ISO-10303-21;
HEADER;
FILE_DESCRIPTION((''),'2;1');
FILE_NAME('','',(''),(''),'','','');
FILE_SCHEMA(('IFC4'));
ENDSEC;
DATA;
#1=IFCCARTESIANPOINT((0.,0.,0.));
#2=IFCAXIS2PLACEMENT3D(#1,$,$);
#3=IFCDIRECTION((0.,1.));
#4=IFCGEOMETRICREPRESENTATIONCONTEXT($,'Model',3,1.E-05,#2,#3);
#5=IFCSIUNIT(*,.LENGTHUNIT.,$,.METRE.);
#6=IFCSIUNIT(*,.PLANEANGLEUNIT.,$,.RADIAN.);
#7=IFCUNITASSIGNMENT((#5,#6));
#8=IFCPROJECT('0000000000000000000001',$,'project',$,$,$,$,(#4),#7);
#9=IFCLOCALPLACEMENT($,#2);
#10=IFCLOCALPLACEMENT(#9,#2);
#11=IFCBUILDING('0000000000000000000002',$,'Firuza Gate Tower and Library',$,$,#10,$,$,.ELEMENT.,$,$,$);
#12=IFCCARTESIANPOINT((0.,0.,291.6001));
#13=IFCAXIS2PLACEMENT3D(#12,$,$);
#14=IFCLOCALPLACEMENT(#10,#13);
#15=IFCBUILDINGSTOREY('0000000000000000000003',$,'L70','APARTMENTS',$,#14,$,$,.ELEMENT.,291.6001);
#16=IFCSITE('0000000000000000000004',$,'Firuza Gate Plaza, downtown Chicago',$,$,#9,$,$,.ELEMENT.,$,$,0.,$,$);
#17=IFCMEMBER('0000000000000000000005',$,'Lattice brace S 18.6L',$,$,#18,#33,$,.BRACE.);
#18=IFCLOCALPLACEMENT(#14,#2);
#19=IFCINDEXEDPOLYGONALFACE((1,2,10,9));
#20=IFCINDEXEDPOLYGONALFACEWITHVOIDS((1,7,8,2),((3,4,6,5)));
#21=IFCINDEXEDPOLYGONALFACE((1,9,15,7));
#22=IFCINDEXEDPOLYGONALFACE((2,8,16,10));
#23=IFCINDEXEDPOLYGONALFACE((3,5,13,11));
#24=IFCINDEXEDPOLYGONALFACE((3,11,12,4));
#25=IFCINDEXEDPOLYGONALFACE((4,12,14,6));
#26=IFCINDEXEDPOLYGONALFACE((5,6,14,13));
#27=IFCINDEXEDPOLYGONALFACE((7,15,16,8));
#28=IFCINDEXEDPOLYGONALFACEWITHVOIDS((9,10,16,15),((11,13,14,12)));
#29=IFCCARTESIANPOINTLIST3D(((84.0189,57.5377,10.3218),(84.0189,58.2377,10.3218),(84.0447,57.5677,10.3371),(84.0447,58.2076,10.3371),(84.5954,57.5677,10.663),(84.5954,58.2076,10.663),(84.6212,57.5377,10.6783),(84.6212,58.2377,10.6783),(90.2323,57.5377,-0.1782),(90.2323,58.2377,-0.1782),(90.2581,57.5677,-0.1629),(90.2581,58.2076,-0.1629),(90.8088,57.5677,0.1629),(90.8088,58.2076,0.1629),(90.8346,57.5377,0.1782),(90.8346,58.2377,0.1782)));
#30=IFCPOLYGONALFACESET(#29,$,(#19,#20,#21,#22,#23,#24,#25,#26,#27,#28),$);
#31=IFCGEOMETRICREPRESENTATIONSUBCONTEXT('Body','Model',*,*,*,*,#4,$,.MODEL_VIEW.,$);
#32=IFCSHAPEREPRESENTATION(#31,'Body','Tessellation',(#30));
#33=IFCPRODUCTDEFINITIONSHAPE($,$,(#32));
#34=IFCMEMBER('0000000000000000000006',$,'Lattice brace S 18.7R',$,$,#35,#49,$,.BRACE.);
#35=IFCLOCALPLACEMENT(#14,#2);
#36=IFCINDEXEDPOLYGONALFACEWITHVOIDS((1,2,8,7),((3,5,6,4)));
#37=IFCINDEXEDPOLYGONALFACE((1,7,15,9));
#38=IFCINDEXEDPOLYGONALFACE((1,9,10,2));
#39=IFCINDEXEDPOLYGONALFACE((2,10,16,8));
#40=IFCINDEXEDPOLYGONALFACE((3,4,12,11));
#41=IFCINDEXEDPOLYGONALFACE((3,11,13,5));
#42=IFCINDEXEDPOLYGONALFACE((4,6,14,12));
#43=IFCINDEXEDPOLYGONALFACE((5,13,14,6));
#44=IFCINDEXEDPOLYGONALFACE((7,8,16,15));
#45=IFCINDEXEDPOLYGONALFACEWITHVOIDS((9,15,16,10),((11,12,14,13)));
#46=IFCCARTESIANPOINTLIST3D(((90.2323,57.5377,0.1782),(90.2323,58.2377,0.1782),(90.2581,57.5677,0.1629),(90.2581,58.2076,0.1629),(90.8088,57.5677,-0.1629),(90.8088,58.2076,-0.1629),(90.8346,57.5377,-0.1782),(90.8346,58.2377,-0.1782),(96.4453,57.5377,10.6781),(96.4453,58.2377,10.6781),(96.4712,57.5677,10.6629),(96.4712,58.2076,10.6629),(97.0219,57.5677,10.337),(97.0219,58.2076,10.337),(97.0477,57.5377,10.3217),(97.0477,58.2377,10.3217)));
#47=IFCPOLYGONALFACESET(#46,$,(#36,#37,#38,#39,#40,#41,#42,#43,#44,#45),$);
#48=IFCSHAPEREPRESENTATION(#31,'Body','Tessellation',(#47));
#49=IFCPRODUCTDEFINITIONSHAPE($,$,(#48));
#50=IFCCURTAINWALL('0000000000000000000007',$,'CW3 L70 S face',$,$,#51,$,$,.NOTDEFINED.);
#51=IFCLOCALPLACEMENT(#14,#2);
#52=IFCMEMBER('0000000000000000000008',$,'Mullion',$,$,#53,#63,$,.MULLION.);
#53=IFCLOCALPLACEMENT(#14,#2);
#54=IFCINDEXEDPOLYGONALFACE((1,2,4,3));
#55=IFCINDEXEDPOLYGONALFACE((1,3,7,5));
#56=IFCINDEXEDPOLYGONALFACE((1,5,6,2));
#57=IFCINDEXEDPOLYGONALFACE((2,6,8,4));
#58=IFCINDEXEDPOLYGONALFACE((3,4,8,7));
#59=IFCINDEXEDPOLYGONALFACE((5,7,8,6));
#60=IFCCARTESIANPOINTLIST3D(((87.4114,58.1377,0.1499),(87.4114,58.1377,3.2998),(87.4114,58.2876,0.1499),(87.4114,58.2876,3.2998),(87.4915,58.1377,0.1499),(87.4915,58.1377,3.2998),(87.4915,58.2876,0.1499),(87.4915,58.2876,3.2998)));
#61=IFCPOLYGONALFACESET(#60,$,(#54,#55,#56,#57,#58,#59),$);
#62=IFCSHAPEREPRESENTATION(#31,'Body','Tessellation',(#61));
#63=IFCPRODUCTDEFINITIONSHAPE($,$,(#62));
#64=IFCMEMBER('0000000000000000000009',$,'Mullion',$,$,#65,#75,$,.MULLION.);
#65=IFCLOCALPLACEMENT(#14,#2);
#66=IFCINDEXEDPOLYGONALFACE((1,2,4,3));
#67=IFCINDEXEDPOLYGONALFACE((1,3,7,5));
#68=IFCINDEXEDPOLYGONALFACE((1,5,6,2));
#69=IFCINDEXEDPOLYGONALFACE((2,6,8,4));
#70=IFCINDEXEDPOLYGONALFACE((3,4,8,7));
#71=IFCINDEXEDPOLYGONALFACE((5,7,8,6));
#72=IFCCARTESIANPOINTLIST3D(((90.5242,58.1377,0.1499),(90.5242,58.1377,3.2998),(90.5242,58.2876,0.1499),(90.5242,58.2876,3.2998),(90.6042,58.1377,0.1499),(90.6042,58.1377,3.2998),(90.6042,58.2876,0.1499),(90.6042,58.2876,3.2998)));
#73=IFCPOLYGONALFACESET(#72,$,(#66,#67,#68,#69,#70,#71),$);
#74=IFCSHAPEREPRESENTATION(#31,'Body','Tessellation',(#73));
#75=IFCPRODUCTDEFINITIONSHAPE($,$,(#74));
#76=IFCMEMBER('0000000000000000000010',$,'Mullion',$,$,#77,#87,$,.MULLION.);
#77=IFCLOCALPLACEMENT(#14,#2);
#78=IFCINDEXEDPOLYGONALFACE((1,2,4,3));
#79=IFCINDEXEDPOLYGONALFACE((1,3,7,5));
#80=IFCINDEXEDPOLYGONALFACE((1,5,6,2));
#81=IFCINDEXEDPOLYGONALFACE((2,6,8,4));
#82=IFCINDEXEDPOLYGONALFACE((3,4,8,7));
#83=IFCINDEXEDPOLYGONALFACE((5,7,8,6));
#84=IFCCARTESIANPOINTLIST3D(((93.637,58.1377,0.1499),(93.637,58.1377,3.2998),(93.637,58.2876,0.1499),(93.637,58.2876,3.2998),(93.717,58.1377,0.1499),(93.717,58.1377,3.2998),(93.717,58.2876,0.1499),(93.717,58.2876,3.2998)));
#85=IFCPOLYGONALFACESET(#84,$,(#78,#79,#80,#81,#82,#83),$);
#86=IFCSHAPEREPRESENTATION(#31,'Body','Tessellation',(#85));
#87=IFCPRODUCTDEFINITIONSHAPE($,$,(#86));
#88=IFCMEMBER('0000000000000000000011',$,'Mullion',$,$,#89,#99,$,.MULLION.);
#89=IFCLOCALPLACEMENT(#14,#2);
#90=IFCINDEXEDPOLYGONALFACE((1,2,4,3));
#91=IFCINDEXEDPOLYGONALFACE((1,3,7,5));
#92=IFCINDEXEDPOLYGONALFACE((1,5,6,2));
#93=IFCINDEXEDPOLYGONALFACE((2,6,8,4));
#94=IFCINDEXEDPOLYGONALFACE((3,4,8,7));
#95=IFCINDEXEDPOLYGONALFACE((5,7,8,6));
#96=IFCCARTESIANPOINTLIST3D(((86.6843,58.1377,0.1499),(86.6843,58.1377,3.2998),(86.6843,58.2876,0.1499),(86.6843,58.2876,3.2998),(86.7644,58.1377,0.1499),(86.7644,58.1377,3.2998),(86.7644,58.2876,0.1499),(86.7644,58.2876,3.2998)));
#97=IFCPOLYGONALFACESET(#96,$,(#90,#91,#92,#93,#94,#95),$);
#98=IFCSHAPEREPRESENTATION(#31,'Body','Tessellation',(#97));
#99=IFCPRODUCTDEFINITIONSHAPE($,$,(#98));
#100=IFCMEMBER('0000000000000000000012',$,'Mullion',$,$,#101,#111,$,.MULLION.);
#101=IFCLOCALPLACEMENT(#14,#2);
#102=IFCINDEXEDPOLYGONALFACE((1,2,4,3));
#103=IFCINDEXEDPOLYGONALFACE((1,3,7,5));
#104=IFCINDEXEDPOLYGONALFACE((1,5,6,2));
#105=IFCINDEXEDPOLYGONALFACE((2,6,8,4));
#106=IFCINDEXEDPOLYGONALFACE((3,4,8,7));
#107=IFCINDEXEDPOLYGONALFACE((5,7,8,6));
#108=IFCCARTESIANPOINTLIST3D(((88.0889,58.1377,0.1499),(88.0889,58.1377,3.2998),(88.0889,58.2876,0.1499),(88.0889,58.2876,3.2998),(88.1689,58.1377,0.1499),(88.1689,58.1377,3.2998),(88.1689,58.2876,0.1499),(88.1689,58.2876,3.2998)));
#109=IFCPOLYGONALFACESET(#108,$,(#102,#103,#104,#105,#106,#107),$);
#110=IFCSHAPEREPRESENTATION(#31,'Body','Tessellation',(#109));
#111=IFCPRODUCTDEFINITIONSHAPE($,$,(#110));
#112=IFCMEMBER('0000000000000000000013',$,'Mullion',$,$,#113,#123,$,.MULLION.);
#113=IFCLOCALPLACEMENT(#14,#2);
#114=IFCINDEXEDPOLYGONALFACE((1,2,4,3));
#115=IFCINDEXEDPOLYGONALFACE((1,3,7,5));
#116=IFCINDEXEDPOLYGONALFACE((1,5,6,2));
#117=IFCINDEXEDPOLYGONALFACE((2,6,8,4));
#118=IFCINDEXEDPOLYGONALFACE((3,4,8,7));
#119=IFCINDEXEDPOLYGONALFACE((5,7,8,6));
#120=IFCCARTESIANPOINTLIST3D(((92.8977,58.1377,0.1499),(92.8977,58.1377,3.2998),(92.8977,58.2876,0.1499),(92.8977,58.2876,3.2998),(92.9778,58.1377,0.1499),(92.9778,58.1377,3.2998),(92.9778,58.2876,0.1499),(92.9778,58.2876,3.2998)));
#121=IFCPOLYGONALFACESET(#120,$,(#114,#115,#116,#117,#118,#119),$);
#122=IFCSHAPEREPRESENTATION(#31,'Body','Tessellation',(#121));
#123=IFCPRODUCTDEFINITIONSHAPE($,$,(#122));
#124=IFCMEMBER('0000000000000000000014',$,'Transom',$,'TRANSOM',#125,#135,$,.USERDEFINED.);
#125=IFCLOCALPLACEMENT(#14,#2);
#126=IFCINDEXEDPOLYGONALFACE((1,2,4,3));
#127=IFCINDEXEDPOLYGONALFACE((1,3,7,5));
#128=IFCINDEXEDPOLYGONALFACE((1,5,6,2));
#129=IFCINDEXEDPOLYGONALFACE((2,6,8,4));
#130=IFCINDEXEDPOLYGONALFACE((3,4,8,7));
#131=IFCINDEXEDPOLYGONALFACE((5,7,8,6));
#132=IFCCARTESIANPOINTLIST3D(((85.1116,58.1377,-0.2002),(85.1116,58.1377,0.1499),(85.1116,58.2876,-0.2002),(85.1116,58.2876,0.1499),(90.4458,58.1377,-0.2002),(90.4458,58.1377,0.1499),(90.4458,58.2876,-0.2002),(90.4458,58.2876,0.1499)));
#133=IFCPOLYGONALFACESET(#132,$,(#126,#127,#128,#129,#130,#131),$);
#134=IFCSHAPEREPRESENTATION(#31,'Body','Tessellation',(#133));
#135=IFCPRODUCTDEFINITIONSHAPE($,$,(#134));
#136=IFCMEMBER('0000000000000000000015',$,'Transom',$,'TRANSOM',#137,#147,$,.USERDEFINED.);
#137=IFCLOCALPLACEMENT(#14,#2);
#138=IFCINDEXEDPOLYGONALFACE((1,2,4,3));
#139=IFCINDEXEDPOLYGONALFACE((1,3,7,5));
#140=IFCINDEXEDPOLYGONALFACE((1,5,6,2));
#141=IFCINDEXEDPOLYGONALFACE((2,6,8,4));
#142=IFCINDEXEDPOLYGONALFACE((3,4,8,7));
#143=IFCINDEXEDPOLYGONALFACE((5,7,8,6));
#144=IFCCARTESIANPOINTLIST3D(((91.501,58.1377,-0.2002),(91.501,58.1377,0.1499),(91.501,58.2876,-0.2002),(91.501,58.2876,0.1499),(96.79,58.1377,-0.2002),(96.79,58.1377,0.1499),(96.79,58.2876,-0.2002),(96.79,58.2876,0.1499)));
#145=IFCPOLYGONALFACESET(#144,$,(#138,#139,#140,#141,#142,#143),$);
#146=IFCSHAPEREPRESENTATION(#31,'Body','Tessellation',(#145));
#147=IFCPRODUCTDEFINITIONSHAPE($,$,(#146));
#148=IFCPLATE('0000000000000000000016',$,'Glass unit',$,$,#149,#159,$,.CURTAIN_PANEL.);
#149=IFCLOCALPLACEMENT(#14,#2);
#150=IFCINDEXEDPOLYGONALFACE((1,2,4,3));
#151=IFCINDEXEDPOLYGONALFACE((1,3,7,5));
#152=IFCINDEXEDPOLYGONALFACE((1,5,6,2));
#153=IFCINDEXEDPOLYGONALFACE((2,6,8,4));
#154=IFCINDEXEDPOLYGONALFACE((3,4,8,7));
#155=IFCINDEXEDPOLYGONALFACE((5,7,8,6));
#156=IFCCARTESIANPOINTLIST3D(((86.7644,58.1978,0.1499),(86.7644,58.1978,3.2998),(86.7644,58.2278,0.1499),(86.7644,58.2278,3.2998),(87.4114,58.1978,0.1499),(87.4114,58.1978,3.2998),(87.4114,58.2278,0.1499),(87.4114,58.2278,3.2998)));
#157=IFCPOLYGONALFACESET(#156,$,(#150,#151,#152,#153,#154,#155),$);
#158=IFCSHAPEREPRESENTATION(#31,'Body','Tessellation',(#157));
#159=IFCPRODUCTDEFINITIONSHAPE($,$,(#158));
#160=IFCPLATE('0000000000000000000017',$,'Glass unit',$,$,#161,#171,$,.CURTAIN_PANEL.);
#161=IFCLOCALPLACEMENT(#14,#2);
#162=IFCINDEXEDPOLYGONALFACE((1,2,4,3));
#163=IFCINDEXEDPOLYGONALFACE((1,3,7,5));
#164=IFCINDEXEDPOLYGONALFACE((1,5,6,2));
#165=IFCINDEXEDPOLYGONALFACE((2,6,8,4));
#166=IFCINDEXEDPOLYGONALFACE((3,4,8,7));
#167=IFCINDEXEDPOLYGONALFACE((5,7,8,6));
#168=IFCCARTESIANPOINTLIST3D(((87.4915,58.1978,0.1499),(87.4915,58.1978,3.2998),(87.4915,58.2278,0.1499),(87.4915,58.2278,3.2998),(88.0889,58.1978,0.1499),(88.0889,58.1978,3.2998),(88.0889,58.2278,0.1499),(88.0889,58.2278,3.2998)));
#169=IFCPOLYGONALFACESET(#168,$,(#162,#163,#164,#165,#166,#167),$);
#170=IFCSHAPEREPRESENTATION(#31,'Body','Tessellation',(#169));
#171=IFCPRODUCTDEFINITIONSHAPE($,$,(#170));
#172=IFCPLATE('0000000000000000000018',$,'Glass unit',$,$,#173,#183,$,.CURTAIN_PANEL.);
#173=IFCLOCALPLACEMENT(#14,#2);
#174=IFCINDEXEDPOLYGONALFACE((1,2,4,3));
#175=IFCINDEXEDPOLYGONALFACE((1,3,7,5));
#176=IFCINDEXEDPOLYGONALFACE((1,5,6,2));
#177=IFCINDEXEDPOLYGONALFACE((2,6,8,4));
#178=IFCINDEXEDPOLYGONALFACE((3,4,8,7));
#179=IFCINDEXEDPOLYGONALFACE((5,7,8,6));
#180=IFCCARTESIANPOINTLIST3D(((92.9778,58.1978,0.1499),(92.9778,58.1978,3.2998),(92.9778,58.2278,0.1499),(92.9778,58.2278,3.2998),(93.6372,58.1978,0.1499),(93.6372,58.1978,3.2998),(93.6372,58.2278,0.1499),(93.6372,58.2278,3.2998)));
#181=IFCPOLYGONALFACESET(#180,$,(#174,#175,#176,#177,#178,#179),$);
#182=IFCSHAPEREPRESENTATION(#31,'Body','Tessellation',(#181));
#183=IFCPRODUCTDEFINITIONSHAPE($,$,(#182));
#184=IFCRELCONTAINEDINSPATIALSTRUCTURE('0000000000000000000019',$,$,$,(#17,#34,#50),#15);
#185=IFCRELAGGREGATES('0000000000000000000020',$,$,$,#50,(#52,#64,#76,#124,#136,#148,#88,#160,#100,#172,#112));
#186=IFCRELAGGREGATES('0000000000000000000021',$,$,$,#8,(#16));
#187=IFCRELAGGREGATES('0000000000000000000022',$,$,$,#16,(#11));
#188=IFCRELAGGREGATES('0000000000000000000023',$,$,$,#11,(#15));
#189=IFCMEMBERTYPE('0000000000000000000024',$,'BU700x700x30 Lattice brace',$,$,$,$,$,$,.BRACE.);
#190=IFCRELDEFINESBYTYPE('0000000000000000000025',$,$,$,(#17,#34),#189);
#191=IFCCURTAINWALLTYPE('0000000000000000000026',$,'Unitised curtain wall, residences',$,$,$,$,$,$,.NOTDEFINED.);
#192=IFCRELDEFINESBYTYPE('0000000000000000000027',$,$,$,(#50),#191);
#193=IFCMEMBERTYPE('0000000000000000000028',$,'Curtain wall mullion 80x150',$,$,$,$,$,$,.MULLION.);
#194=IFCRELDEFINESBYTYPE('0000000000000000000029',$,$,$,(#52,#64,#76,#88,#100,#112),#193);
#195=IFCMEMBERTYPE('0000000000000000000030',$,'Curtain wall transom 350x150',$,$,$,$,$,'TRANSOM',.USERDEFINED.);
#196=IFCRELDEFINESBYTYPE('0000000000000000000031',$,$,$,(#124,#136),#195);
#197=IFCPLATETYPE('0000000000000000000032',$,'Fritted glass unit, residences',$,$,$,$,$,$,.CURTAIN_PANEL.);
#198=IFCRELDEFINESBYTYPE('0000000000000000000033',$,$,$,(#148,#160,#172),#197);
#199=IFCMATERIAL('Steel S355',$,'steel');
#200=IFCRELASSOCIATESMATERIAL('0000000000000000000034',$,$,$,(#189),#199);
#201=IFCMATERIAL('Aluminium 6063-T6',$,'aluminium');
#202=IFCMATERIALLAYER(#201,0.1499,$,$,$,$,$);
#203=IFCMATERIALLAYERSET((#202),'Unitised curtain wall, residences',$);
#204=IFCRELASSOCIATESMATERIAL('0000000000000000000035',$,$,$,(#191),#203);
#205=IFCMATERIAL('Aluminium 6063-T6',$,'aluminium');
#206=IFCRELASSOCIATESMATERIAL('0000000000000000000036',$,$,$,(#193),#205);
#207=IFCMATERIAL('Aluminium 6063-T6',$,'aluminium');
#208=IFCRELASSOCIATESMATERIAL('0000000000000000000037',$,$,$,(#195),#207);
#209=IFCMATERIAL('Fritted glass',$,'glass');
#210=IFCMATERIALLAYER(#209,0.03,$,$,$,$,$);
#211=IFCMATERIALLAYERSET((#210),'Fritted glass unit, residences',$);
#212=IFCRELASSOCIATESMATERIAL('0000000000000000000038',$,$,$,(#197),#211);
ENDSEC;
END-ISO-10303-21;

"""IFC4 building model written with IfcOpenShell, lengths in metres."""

from ifc_helpers import new_model, si_unit, direction, frame, origin, origin_2d, place, context, subcontext, project, spatial, polyline, rectangle, hollow_rectangle, outline, extrude, material, layer, layer_set, material_profile, profile_set, type_object, element, aggregate, save


model = new_model("IFC4")

# Units and contexts
model_context = context("Model", 3, precision=1e-05, world=origin(), true_north=direction((0.0, 1.0)))
body_context = subcontext(model_context, "Body", "Model", "MODEL_VIEW")
ifc_project = project(units=[si_unit("LENGTHUNIT", "METRE"), si_unit("PLANEANGLEUNIT", "RADIAN")], contexts=[model_context])

# Site, building, storey
site_placement = place(None, origin())
site = spatial("IfcSite", under=ifc_project, at=site_placement, Name="Firuza Gate Plaza, downtown Chicago", CompositionType="ELEMENT", RefElevation=0.0)
building_placement = place(site_placement, origin())
building = spatial("IfcBuilding", under=site, at=building_placement, Name="Firuza Gate Tower and Library", CompositionType="ELEMENT")
storey_placement = place(building_placement, frame((0.0, 0.0, 291.6001)))
storey = spatial("IfcBuildingStorey", under=building, at=storey_placement, Name="L70", Description="APARTMENTS", CompositionType="ELEMENT", Elevation=291.6001)

# Members
ifc_material_1 = material(Name="Steel S355", Category="steel")
ifc_material_profile_1 = material_profile(ifc_material_1, hollow_rectangle(XDim=0.7, YDim=0.7, WallThickness=0.03, at=origin_2d()))
ifc_profile_set_1 = profile_set([ifc_material_profile_1], Name="Steel S355")
member_type_1 = type_object("IfcMemberType", Name="BU700x700x30 Lattice brace", PredefinedType="BRACE", material=ifc_profile_set_1)
member_1_placement = place(storey_placement, frame((90.5334, 57.8877, 0.0), z_axis=(-0.509266, 0.0, 0.860609), x_axis=(0.0, -1.0, 0.0)))
element("IfcMember", 1, at=member_1_placement, inside=storey, type_object=member_type_1, Name="Lattice brace S 18.6L", PredefinedType="BRACE", context=body_context, shape_type="SweptSolid", body=[
    extrude(hollow_rectangle(XDim=0.7, YDim=0.7, WallThickness=0.03, at=origin_2d()), origin(), (0.0, 0.0, 1.0), 12.2007),
])
member_2_placement = place(storey_placement, frame((90.5334, 57.8877, 0.0), z_axis=(0.509251, 0.0, 0.860618), x_axis=(0.0, 1.0, 0.0)))
element("IfcMember", 2, at=member_2_placement, inside=storey, type_object=member_type_1, Name="Lattice brace S 18.7R", PredefinedType="BRACE", context=body_context, shape_type="SweptSolid", body=[
    extrude(hollow_rectangle(XDim=0.7, YDim=0.7, WallThickness=0.03, at=origin_2d()), origin(), (0.0, 0.0, 1.0), 12.2004),
])

# Curtain wall, members, plates
ifc_material_2 = material(Name="Aluminium 6063-T6", Category="aluminium")
ifc_layer_1 = layer(ifc_material_2, 0.1499)
ifc_layer_set_1 = layer_set([ifc_layer_1], Name="Unitised curtain wall, residences")
curtain_wall_type = type_object("IfcCurtainWallType", Name="Unitised curtain wall, residences", PredefinedType="NOTDEFINED", material=ifc_layer_set_1)
curtain_wall_placement = place(storey_placement, origin())
curtain_wall = element("IfcCurtainWall", 3, at=curtain_wall_placement, inside=storey, type_object=curtain_wall_type, Name="CW3 L70 S face", PredefinedType="NOTDEFINED")
ifc_material_3 = material(Name="Aluminium 6063-T6", Category="aluminium")
ifc_material_profile_2 = material_profile(ifc_material_3, rectangle(XDim=0.1499, YDim=0.0801, at=origin_2d()))
ifc_profile_set_2 = profile_set([ifc_material_profile_2], Name="Aluminium 6063-T6")
member_type_2 = type_object("IfcMemberType", Name="Curtain wall mullion 80x150", PredefinedType="MULLION", material=ifc_profile_set_2)
member_3_placement = place(storey_placement, frame((87.4514, 58.2126, 0.1499), z_axis=(0.0, 0.0, 1.0), x_axis=(0.0, 1.0, 0.0)))
member_3 = element("IfcMember", 4, at=member_3_placement, type_object=member_type_2, Name="Mullion", PredefinedType="MULLION", context=body_context, shape_type="SweptSolid", body=[
    extrude(rectangle(XDim=0.1499, YDim=0.0801, at=origin_2d()), origin(), (0.0, 0.0, 1.0), 3.1499),
])
member_4_placement = place(storey_placement, frame((90.5642, 58.2126, 0.1499), z_axis=(0.0, 0.0, 1.0), x_axis=(0.0, 1.0, 0.0)))
member_4 = element("IfcMember", 5, at=member_4_placement, type_object=member_type_2, Name="Mullion", PredefinedType="MULLION", context=body_context, shape_type="SweptSolid", body=[
    extrude(rectangle(XDim=0.1499, YDim=0.0801, at=origin_2d()), origin(), (0.0, 0.0, 1.0), 3.1499),
])
member_5_placement = place(storey_placement, frame((93.677, 58.2126, 0.1499), z_axis=(0.0, 0.0, 1.0), x_axis=(0.0, 1.0, 0.0)))
member_5 = element("IfcMember", 6, at=member_5_placement, type_object=member_type_2, Name="Mullion", PredefinedType="MULLION", context=body_context, shape_type="SweptSolid", body=[
    extrude(rectangle(XDim=0.1499, YDim=0.0801, at=origin_2d()), origin(), (0.0, 0.0, 1.0), 3.1499),
])
member_6_placement = place(storey_placement, frame((86.7244, 58.2126, 0.1499), z_axis=(0.0, 0.0, 1.0), x_axis=(0.0, 1.0, 0.0)))
member_6 = element("IfcMember", 7, at=member_6_placement, type_object=member_type_2, Name="Mullion", PredefinedType="MULLION", context=body_context, shape_type="SweptSolid", body=[
    extrude(rectangle(XDim=0.1499, YDim=0.0801, at=origin_2d()), origin(), (0.0, 0.0, 1.0), 3.1499),
])
member_7_placement = place(storey_placement, frame((88.1289, 58.2126, 0.1499), z_axis=(0.0, 0.0, 1.0), x_axis=(0.0, 1.0, 0.0)))
member_7 = element("IfcMember", 8, at=member_7_placement, type_object=member_type_2, Name="Mullion", PredefinedType="MULLION", context=body_context, shape_type="SweptSolid", body=[
    extrude(rectangle(XDim=0.1499, YDim=0.0801, at=origin_2d()), origin(), (0.0, 0.0, 1.0), 3.1499),
])
member_8_placement = place(storey_placement, frame((92.9377, 58.2126, 0.1499), z_axis=(0.0, 0.0, 1.0), x_axis=(0.0, 1.0, 0.0)))
member_8 = element("IfcMember", 9, at=member_8_placement, type_object=member_type_2, Name="Mullion", PredefinedType="MULLION", context=body_context, shape_type="SweptSolid", body=[
    extrude(rectangle(XDim=0.1499, YDim=0.0801, at=origin_2d()), origin(), (0.0, 0.0, 1.0), 3.1499),
])
ifc_material_4 = material(Name="Aluminium 6063-T6", Category="aluminium")
ifc_material_profile_3 = material_profile(ifc_material_4, rectangle(XDim=0.1499, YDim=0.3501, at=origin_2d()))
ifc_profile_set_3 = profile_set([ifc_material_profile_3], Name="Aluminium 6063-T6")
member_type_3 = type_object("IfcMemberType", Name="Curtain wall transom 350x150", ElementType="TRANSOM", PredefinedType="USERDEFINED", material=ifc_profile_set_3)
member_9_placement = place(storey_placement, frame((85.1116, 58.2126, -0.0251), z_axis=(1.0, 0.0, 0.0), x_axis=(0.0, 1.0, 0.0)))
member_9 = element("IfcMember", 10, at=member_9_placement, type_object=member_type_3, Name="Transom", ObjectType="TRANSOM", PredefinedType="USERDEFINED", context=body_context, shape_type="SweptSolid", body=[
    extrude(rectangle(XDim=0.1499, YDim=0.3501, at=origin_2d()), origin(), (0.0, 0.0, 1.0), 5.3342),
])
member_10_placement = place(storey_placement, frame((91.501, 58.2126, -0.0251), z_axis=(1.0, 0.0, 0.0), x_axis=(0.0, 1.0, 0.0)))
member_10 = element("IfcMember", 11, at=member_10_placement, type_object=member_type_3, Name="Transom", ObjectType="TRANSOM", PredefinedType="USERDEFINED", context=body_context, shape_type="SweptSolid", body=[
    extrude(rectangle(XDim=0.1499, YDim=0.3501, at=origin_2d()), origin(), (0.0, 0.0, 1.0), 5.2891),
])
ifc_material_5 = material(Name="Fritted glass", Category="glass")
ifc_layer_2 = layer(ifc_material_5, 0.03)
ifc_layer_set_2 = layer_set([ifc_layer_2], Name="Fritted glass unit, residences")
plate_type_1 = type_object("IfcPlateType", Name="Fritted glass unit, residences", PredefinedType="CURTAIN_PANEL", material=ifc_layer_set_2)
plate_1_placement = place(storey_placement, frame((86.7644, 58.1978, 0.1499), z_axis=(0.0, -1.0, 0.0), x_axis=(1.0, 0.0, 0.0)))
plate_1 = element("IfcPlate", 12, at=plate_1_placement, type_object=plate_type_1, Name="Glass unit", PredefinedType="CURTAIN_PANEL", context=body_context, shape_type="SweptSolid", body=[
    extrude(outline(polyline([(0.0, 0.0), (0.647, 0.0), (0.647, 3.1499), (0.0, 3.1499), (0.0, 0.0)])), origin(), (0.0, 0.0, -1.0), 0.03),
])
plate_2_placement = place(storey_placement, frame((87.4915, 58.1978, 0.1499), z_axis=(0.0, -1.0, 0.0), x_axis=(1.0, 0.0, 0.0)))
plate_2 = element("IfcPlate", 13, at=plate_2_placement, type_object=plate_type_1, Name="Glass unit", PredefinedType="CURTAIN_PANEL", context=body_context, shape_type="SweptSolid", body=[
    extrude(outline(polyline([(0.0, 0.0), (0.5974, 0.0), (0.5974, 3.1499), (0.0, 3.1499), (0.0, 0.0)])), origin(), (0.0, 0.0, -1.0), 0.03),
])
plate_3_placement = place(storey_placement, frame((92.9778, 58.1978, 0.1499), z_axis=(0.0, -1.0, 0.0), x_axis=(1.0, 0.0, 0.0)))
plate_3 = element("IfcPlate", 14, at=plate_3_placement, type_object=plate_type_1, Name="Glass unit", PredefinedType="CURTAIN_PANEL", context=body_context, shape_type="SweptSolid", body=[
    extrude(outline(polyline([(0.0, 0.0), (0.6594, 0.0), (0.6594, 3.1499), (0.0, 3.1499), (0.0, 0.0)])), origin(), (0.0, 0.0, -1.0), 0.03),
])
aggregate(curtain_wall, [member_3, member_4, member_5, member_9, member_10, plate_1, member_6, plate_2, member_7, plate_3, member_8])

save(model, "model.ifc")
